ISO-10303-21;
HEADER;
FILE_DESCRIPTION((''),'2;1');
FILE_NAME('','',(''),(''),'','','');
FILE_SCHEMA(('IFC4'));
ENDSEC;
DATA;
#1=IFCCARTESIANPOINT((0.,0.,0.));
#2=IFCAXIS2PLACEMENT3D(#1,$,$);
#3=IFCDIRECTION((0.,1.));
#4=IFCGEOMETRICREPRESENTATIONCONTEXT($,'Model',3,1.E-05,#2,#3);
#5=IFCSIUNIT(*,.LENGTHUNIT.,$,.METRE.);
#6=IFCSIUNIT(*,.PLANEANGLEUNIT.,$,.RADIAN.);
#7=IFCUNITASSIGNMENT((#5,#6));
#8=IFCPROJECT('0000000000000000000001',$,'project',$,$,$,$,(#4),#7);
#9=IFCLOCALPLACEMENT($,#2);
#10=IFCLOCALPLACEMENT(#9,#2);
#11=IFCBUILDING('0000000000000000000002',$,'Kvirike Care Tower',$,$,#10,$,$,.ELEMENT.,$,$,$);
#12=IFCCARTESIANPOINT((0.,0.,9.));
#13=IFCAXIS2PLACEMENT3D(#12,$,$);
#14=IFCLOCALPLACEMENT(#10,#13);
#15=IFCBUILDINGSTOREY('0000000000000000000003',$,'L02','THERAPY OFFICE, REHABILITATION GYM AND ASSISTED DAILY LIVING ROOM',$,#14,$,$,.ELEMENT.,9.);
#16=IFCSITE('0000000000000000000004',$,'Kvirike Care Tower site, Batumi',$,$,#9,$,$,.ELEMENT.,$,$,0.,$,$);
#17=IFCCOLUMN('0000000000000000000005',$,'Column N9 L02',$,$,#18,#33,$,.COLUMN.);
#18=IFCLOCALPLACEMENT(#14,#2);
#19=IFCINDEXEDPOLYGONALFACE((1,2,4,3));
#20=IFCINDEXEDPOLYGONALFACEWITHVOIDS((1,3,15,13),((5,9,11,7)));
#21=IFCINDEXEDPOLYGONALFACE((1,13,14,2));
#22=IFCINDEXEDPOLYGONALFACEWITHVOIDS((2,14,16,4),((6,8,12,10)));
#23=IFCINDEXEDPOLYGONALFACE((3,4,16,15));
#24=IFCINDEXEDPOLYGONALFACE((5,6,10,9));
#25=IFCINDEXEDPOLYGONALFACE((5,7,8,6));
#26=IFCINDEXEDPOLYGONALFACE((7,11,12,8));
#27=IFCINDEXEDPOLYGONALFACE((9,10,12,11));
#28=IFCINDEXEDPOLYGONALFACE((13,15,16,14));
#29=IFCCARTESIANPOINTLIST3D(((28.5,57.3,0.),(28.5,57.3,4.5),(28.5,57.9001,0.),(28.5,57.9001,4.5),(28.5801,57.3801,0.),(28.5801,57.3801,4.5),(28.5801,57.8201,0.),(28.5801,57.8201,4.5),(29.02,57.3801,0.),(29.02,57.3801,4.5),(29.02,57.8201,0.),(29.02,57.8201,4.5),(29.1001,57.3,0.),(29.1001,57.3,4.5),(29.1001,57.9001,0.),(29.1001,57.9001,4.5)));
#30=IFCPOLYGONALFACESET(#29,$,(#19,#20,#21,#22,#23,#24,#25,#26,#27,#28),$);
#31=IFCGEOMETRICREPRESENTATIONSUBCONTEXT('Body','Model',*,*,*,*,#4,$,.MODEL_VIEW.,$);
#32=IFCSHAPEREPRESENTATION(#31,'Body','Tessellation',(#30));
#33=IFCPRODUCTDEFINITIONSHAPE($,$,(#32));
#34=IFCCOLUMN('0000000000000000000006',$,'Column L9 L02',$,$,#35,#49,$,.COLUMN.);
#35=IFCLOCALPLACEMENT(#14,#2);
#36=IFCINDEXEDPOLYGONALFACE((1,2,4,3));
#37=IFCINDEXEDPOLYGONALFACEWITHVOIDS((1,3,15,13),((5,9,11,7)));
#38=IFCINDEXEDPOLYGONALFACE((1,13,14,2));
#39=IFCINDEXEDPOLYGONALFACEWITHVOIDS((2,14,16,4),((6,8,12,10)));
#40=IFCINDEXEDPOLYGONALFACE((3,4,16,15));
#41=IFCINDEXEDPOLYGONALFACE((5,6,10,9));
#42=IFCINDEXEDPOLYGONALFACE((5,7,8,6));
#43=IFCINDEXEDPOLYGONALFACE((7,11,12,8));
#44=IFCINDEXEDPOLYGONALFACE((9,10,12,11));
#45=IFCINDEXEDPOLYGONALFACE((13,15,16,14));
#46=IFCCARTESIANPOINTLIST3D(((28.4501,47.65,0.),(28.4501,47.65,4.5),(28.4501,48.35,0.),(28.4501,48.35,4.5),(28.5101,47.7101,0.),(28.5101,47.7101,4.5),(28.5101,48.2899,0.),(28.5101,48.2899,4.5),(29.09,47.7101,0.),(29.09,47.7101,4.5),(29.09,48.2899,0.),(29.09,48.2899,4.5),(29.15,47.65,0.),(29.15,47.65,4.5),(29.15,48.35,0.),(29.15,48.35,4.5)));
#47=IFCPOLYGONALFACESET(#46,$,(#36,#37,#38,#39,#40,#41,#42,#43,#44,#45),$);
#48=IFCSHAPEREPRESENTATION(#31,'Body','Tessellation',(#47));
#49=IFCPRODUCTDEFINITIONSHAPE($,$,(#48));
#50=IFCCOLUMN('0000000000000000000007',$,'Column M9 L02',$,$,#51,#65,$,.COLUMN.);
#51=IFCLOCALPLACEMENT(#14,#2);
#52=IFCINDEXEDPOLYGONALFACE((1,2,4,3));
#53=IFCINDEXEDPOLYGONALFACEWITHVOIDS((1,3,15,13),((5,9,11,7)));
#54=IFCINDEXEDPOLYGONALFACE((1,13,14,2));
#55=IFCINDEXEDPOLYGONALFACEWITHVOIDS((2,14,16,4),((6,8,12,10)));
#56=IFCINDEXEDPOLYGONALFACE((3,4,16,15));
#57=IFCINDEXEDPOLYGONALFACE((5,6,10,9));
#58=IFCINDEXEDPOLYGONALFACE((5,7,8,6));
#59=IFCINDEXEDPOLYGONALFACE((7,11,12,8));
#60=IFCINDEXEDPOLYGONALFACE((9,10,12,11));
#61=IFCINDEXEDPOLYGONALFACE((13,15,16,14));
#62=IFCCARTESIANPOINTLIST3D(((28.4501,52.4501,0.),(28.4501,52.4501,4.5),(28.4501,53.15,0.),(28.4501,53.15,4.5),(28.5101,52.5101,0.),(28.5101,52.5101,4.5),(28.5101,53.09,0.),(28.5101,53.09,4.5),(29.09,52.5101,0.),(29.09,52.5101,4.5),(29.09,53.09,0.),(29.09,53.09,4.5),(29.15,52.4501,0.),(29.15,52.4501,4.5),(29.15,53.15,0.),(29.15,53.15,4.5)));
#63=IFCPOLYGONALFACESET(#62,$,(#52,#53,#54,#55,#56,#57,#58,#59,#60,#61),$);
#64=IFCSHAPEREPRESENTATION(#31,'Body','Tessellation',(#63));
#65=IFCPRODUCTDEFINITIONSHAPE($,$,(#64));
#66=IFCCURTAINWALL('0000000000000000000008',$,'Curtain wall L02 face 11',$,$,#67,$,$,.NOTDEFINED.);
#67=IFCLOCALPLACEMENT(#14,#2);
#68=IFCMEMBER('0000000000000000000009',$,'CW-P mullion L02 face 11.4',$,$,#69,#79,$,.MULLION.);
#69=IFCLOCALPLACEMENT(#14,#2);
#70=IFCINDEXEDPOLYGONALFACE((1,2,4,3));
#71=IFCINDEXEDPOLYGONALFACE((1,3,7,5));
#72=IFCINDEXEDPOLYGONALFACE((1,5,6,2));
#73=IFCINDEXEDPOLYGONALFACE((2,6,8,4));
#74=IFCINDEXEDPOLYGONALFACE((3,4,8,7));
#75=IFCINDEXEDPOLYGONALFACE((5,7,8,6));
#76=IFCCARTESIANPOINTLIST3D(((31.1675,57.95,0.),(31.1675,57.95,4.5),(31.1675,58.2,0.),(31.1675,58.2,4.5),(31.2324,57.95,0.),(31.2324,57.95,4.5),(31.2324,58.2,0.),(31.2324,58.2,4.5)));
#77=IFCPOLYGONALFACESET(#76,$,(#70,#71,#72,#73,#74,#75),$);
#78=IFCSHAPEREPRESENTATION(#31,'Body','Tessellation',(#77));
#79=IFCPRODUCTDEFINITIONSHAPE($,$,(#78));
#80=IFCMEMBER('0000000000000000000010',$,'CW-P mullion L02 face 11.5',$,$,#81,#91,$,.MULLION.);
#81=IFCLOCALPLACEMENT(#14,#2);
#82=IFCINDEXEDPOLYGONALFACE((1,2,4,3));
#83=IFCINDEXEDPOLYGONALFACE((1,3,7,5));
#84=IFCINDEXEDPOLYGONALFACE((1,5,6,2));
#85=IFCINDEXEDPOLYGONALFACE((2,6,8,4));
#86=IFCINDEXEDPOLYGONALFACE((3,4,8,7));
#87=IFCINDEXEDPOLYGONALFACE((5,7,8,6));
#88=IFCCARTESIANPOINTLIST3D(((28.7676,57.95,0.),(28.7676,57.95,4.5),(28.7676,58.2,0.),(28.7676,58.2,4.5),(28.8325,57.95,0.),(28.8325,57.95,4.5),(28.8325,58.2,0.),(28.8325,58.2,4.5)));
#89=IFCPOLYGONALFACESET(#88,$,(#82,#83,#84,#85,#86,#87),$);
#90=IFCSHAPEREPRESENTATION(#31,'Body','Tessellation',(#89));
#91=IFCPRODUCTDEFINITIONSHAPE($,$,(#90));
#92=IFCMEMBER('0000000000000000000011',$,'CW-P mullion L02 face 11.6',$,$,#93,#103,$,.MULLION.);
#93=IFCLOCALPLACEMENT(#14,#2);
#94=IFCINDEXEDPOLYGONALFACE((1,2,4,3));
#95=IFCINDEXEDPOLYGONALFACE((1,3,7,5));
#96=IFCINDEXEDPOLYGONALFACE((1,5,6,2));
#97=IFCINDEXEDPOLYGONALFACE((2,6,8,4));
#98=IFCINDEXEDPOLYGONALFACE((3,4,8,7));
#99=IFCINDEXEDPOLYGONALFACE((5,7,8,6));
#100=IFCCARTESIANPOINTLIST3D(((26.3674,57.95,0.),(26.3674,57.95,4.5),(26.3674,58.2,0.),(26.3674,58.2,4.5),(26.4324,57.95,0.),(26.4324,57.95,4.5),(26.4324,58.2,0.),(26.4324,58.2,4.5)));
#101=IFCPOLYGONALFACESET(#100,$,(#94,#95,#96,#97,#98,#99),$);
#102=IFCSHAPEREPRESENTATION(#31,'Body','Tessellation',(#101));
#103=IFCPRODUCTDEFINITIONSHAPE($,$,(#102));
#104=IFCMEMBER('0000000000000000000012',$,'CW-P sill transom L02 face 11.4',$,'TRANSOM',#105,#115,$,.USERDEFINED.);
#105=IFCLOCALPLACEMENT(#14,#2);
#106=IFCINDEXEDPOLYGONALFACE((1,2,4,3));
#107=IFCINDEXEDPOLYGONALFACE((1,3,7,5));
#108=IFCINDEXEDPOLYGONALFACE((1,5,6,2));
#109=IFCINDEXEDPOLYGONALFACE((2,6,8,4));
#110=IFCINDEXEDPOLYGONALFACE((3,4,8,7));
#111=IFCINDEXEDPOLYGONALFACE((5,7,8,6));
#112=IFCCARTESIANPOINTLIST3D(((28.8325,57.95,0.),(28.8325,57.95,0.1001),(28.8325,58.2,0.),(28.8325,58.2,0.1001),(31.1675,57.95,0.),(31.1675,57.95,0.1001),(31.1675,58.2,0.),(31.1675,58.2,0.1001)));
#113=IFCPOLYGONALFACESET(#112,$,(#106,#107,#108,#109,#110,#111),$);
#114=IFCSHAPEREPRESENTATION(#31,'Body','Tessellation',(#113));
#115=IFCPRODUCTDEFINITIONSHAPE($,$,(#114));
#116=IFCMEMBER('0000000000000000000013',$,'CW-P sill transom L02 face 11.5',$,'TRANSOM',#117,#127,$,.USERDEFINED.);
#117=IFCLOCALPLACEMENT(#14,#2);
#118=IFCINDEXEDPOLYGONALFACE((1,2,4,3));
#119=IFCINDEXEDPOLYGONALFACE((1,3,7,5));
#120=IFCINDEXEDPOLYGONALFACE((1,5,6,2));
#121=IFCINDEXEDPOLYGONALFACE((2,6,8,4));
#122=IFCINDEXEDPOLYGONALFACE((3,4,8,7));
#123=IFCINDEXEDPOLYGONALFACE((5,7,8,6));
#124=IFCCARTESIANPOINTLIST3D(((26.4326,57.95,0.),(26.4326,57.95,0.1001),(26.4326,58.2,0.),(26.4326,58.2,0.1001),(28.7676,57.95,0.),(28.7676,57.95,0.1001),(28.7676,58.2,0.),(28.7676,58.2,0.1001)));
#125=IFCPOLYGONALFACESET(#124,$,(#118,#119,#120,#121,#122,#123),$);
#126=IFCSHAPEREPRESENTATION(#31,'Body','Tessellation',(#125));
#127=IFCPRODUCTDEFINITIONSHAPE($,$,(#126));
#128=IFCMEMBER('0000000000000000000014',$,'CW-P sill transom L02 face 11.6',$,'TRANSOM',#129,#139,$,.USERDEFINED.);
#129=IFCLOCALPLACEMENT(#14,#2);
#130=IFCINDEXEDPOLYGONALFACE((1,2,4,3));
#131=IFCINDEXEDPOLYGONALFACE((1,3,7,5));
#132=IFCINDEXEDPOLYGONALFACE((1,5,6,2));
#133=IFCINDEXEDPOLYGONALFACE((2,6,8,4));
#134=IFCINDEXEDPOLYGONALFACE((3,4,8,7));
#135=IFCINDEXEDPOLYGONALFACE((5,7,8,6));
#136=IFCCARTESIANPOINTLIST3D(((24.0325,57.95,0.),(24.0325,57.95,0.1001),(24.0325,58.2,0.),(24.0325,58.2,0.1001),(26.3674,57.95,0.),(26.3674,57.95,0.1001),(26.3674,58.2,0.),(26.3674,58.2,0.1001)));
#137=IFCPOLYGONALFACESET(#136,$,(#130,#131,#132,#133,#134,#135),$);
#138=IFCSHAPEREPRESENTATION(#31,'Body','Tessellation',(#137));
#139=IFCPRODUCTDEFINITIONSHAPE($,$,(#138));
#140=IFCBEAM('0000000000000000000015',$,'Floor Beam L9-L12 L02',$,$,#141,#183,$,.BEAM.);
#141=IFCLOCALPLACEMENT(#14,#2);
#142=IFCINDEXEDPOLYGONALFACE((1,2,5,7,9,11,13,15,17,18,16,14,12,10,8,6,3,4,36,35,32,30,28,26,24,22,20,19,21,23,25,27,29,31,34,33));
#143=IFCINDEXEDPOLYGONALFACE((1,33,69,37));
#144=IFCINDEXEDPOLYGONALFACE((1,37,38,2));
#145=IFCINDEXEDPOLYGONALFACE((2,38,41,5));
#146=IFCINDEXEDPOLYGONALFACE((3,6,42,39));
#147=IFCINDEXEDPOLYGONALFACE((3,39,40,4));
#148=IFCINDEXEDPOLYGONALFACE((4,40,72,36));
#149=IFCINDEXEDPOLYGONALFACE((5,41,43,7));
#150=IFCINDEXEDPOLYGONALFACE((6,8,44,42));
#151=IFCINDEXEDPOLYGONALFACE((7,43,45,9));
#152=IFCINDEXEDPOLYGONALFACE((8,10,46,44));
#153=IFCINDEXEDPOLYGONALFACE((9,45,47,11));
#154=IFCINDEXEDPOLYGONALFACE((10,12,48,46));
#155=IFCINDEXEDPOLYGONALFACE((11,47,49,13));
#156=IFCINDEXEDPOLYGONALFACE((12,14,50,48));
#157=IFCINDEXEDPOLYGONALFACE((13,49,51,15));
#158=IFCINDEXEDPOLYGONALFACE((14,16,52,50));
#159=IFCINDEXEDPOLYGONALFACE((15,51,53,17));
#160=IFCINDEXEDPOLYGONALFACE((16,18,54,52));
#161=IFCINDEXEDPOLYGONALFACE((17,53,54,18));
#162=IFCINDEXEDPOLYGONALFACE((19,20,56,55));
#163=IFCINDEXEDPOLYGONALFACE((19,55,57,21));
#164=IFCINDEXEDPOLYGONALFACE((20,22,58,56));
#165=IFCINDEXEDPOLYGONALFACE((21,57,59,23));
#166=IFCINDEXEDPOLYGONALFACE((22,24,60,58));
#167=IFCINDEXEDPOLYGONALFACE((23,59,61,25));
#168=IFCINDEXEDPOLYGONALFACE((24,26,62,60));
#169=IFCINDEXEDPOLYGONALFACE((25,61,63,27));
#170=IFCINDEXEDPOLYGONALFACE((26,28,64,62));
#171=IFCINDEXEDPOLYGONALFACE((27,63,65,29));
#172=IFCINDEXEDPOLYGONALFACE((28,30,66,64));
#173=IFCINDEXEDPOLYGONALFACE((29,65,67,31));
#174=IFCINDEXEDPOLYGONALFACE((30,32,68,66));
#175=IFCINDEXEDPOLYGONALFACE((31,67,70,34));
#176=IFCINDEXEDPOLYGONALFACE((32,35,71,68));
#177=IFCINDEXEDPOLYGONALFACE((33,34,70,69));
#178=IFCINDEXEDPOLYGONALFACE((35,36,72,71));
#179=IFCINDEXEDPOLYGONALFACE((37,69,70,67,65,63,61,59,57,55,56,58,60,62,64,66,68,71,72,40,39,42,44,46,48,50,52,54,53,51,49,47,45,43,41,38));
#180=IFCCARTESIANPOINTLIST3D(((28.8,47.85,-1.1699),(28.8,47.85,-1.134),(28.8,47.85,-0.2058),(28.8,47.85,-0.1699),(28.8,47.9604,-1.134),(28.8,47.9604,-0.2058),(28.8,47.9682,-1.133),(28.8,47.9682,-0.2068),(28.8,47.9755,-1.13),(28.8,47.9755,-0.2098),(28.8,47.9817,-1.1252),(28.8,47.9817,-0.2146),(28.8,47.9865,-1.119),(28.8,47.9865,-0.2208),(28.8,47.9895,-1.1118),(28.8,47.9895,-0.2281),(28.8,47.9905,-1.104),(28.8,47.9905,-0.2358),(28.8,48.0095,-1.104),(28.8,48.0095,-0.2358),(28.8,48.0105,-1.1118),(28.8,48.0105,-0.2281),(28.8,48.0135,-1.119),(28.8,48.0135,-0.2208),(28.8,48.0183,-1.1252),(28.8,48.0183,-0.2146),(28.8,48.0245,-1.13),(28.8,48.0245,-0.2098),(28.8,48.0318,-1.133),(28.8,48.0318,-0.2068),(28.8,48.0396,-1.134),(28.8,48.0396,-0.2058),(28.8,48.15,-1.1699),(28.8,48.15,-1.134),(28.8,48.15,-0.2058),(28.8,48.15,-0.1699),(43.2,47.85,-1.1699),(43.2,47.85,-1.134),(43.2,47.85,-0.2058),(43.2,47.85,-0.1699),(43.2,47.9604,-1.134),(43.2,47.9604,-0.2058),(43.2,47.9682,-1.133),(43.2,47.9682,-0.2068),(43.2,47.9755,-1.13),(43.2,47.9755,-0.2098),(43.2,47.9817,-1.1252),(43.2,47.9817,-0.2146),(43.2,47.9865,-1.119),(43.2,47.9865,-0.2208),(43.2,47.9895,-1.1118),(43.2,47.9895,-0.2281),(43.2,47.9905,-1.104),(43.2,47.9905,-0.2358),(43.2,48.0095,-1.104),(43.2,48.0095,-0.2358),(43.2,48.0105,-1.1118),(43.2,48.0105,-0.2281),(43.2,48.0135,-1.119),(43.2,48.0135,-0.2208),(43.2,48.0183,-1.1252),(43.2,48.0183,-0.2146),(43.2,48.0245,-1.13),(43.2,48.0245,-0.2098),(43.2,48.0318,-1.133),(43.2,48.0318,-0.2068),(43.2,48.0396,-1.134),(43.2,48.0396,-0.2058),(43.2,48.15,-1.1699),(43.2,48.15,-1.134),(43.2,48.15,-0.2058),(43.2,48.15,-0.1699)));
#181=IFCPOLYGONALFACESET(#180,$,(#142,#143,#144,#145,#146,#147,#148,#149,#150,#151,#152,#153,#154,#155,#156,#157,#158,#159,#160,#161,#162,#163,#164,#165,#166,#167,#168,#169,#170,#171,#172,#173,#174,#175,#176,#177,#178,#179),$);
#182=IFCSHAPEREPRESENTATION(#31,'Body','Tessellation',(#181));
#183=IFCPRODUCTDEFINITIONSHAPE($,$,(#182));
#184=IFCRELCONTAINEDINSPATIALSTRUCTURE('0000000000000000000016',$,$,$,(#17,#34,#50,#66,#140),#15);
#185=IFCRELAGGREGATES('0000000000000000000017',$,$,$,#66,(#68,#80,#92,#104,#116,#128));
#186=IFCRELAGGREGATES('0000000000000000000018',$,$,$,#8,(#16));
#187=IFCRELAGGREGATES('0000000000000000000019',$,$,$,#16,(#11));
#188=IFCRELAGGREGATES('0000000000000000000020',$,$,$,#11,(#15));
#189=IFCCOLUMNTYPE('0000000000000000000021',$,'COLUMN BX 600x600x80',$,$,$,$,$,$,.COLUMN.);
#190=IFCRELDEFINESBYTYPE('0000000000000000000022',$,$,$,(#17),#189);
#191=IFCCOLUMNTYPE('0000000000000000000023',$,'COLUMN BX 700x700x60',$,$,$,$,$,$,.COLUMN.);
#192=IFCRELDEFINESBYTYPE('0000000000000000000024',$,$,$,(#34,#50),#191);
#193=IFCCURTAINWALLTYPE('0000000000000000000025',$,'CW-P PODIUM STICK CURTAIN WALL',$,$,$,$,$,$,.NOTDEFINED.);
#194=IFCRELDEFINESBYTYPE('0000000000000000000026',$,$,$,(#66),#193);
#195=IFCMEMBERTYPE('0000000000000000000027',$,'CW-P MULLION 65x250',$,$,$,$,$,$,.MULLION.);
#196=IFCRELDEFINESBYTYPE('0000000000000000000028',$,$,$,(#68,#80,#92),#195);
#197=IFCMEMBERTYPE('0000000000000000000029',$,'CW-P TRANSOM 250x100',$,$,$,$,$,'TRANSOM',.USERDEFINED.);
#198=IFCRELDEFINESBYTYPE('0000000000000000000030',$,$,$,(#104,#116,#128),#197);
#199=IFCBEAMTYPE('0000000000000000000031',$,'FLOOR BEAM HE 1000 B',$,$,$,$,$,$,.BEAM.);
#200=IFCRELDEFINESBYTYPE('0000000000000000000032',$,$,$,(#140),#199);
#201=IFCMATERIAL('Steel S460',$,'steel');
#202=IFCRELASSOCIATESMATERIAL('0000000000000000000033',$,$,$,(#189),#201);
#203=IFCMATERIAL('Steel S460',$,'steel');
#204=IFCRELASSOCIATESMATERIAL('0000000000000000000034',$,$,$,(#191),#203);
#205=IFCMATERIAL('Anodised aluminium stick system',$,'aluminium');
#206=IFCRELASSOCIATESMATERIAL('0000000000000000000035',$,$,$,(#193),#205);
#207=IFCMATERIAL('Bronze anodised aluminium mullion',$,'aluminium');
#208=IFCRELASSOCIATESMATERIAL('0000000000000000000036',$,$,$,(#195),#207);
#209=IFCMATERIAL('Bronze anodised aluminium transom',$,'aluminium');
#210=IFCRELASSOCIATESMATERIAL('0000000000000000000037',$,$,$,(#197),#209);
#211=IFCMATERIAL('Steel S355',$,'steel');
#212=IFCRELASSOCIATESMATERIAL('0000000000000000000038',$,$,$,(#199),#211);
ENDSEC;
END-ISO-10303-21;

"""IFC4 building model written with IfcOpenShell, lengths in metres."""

from ifc_helpers import new_model, si_unit, direction, frame, origin, origin_2d, place, context, subcontext, project, spatial, rectangle, hollow_rectangle, i_section, extrude, material, material_profile, profile_set, type_object, element, aggregate, save


model = new_model("IFC4")

# Units and contexts
model_context = context("Model", 3, precision=1e-05, world=origin(), true_north=direction((0.0, 1.0)))
body_context = subcontext(model_context, "Body", "Model", "MODEL_VIEW")
ifc_project = project(units=[si_unit("LENGTHUNIT", "METRE"), si_unit("PLANEANGLEUNIT", "RADIAN")], contexts=[model_context])

# Site, building, storey
site_placement = place(None, origin())
site = spatial("IfcSite", under=ifc_project, at=site_placement, Name="Kvirike Care Tower site, Batumi", CompositionType="ELEMENT", RefElevation=0.0)
building_placement = place(site_placement, origin())
building = spatial("IfcBuilding", under=site, at=building_placement, Name="Kvirike Care Tower", CompositionType="ELEMENT")
storey_placement = place(building_placement, frame((0.0, 0.0, 9.0)))
storey = spatial("IfcBuildingStorey", under=building, at=storey_placement, Name="L02", Description="THERAPY OFFICE, REHABILITATION GYM AND ASSISTED DAILY LIVING ROOM", CompositionType="ELEMENT", Elevation=9.0)

# Columns
ifc_material_1 = material(Name="Steel S460", Category="steel")
ifc_material_profile_1 = material_profile(ifc_material_1, hollow_rectangle(XDim=0.6001, YDim=0.6001, WallThickness=0.0801, at=origin_2d()), Name="BX 600x600x80")
ifc_profile_set_1 = profile_set([ifc_material_profile_1], Name="Steel S460")
column_type_1 = type_object("IfcColumnType", Name="COLUMN BX 600x600x80", PredefinedType="COLUMN", material=ifc_profile_set_1)
column_placement = place(storey_placement, frame((28.8, 57.6001, 0.0), z_axis=(0.0, 0.0, 1.0), x_axis=(0.0, 1.0, 0.0)))
element("IfcColumn", 1, at=column_placement, inside=storey, type_object=column_type_1, Name="Column N9 L02", PredefinedType="COLUMN", context=body_context, shape_type="SweptSolid", body=[
    extrude(hollow_rectangle(XDim=0.6001, YDim=0.6001, WallThickness=0.0801, at=origin_2d()), origin(), (0.0, 0.0, 1.0), 4.5),
])
ifc_material_2 = material(Name="Steel S460", Category="steel")
ifc_material_profile_2 = material_profile(ifc_material_2, hollow_rectangle(XDim=0.7, YDim=0.7, WallThickness=0.0601, at=origin_2d()), Name="BX 700x700x60")
ifc_profile_set_2 = profile_set([ifc_material_profile_2], Name="Steel S460")
column_type_2 = type_object("IfcColumnType", Name="COLUMN BX 700x700x60", PredefinedType="COLUMN", material=ifc_profile_set_2)
for number, where, z_axis, x_axis, name in (
    (2, (28.8, 48.0, 0.0), (0.0, 0.0, 1.0), (1.0, 0.0, 0.0), "Column L9 L02"),
    (3, (28.8, 52.8, 0.0), (0.0, 0.0, 1.0), (1.0, 0.0, 0.0), "Column M9 L02"),
):
    element("IfcColumn", number, at=place(storey_placement, frame(where, z_axis=z_axis, x_axis=x_axis)), inside=storey, type_object=column_type_2, Name=name, PredefinedType="COLUMN", context=body_context, shape_type="SweptSolid", body=[
        extrude(hollow_rectangle(XDim=0.7, YDim=0.7, WallThickness=0.0601, at=origin_2d()), origin(), (0.0, 0.0, 1.0), 4.5),
    ])

# Curtain wall, members
ifc_material_3 = material(Name="Anodised aluminium stick system", Category="aluminium")
curtain_wall_type = type_object("IfcCurtainWallType", Name="CW-P PODIUM STICK CURTAIN WALL", PredefinedType="NOTDEFINED", material=ifc_material_3)
curtain_wall_placement = place(storey_placement, origin())
curtain_wall = element("IfcCurtainWall", 4, at=curtain_wall_placement, inside=storey, type_object=curtain_wall_type, Name="Curtain wall L02 face 11", PredefinedType="NOTDEFINED")
ifc_material_4 = material(Name="Bronze anodised aluminium mullion", Category="aluminium")
ifc_material_profile_3 = material_profile(ifc_material_4, rectangle(XDim=0.0649, YDim=0.25, at=origin_2d()), Name="CW-P MULLION 65x250")
ifc_profile_set_3 = profile_set([ifc_material_profile_3], Name="Bronze anodised aluminium mullion")
member_type_1 = type_object("IfcMemberType", Name="CW-P MULLION 65x250", PredefinedType="MULLION", material=ifc_profile_set_3)
member_1_placement = place(storey_placement, frame((31.2, 58.075, 0.0), z_axis=(0.0, 0.0, 1.0), x_axis=(-1.0, 0.0, 0.0)))
member_1 = element("IfcMember", 5, at=member_1_placement, type_object=member_type_1, Name="CW-P mullion L02 face 11.4", PredefinedType="MULLION", context=body_context, shape_type="SweptSolid", body=[
    extrude(rectangle(XDim=0.0649, YDim=0.25, at=origin_2d()), origin(), (0.0, 0.0, 1.0), 4.5),
])
member_2_placement = place(storey_placement, frame((28.8, 58.075, 0.0), z_axis=(0.0, 0.0, 1.0), x_axis=(-1.0, 0.0, 0.0)))
member_2 = element("IfcMember", 6, at=member_2_placement, type_object=member_type_1, Name="CW-P mullion L02 face 11.5", PredefinedType="MULLION", context=body_context, shape_type="SweptSolid", body=[
    extrude(rectangle(XDim=0.0649, YDim=0.25, at=origin_2d()), origin(), (0.0, 0.0, 1.0), 4.5),
])
member_3_placement = place(storey_placement, frame((26.3999, 58.075, 0.0), z_axis=(0.0, 0.0, 1.0), x_axis=(-1.0, 0.0, 0.0)))
member_3 = element("IfcMember", 7, at=member_3_placement, type_object=member_type_1, Name="CW-P mullion L02 face 11.6", PredefinedType="MULLION", context=body_context, shape_type="SweptSolid", body=[
    extrude(rectangle(XDim=0.0649, YDim=0.25, at=origin_2d()), origin(), (0.0, 0.0, 1.0), 4.5),
])
ifc_material_5 = material(Name="Bronze anodised aluminium transom", Category="aluminium")
ifc_material_profile_4 = material_profile(ifc_material_5, rectangle(XDim=0.25, YDim=0.1001, at=origin_2d()), Name="CW-P TRANSOM 250x100")
ifc_profile_set_4 = profile_set([ifc_material_profile_4], Name="Bronze anodised aluminium transom")
member_type_2 = type_object("IfcMemberType", Name="CW-P TRANSOM 250x100", ElementType="TRANSOM", PredefinedType="USERDEFINED", material=ifc_profile_set_4)
member_4_placement = place(storey_placement, frame((31.1675, 58.075, 0.05), z_axis=(-1.0, 0.0, 0.0), x_axis=(0.0, -1.0, 0.0)))
member_4 = element("IfcMember", 8, at=member_4_placement, type_object=member_type_2, Name="CW-P sill transom L02 face 11.4", ObjectType="TRANSOM", PredefinedType="USERDEFINED", context=body_context, shape_type="SweptSolid", body=[
    extrude(rectangle(XDim=0.25, YDim=0.1001, at=origin_2d()), origin(), (0.0, 0.0, 1.0), 2.335),
])
member_5_placement = place(storey_placement, frame((28.7676, 58.075, 0.05), z_axis=(-1.0, 0.0, 0.0), x_axis=(0.0, -1.0, 0.0)))
member_5 = element("IfcMember", 9, at=member_5_placement, type_object=member_type_2, Name="CW-P sill transom L02 face 11.5", ObjectType="TRANSOM", PredefinedType="USERDEFINED", context=body_context, shape_type="SweptSolid", body=[
    extrude(rectangle(XDim=0.25, YDim=0.1001, at=origin_2d()), origin(), (0.0, 0.0, 1.0), 2.335),
])
member_6_placement = place(storey_placement, frame((26.3674, 58.075, 0.05), z_axis=(-1.0, 0.0, 0.0), x_axis=(0.0, -1.0, 0.0)))
member_6 = element("IfcMember", 10, at=member_6_placement, type_object=member_type_2, Name="CW-P sill transom L02 face 11.6", ObjectType="TRANSOM", PredefinedType="USERDEFINED", context=body_context, shape_type="SweptSolid", body=[
    extrude(rectangle(XDim=0.25, YDim=0.1001, at=origin_2d()), origin(), (0.0, 0.0, 1.0), 2.335),
])

# Beam
ifc_material_6 = material(Name="Steel S355", Category="steel")
ifc_material_profile_5 = material_profile(ifc_material_6, i_section(OverallWidth=0.3, OverallDepth=1.0, WebThickness=0.019, FlangeThickness=0.0359, FilletRadius=0.03, at=origin_2d()), Name="HE 1000 B")
ifc_profile_set_5 = profile_set([ifc_material_profile_5], Name="Steel S355")
beam_type_1 = type_object("IfcBeamType", Name="FLOOR BEAM HE 1000 B", PredefinedType="BEAM", material=ifc_profile_set_5)
beam_1_placement = place(storey_placement, frame((28.8, 48.0, -0.6699), z_axis=(1.0, 0.0, 0.0), x_axis=(0.0, 1.0, 0.0)))
element("IfcBeam", 11, at=beam_1_placement, inside=storey, type_object=beam_type_1, Name="Floor Beam L9-L12 L02", PredefinedType="BEAM", context=body_context, shape_type="SweptSolid", body=[
    extrude(i_section(OverallWidth=0.3, OverallDepth=1.0, WebThickness=0.019, FlangeThickness=0.0359, FilletRadius=0.03, at=origin_2d()), origin(), (0.0, 0.0, 1.0), 14.3999),
])

aggregate(curtain_wall, [member_1, member_2, member_3, member_4, member_5, member_6])

save(model, "model.ifc")
